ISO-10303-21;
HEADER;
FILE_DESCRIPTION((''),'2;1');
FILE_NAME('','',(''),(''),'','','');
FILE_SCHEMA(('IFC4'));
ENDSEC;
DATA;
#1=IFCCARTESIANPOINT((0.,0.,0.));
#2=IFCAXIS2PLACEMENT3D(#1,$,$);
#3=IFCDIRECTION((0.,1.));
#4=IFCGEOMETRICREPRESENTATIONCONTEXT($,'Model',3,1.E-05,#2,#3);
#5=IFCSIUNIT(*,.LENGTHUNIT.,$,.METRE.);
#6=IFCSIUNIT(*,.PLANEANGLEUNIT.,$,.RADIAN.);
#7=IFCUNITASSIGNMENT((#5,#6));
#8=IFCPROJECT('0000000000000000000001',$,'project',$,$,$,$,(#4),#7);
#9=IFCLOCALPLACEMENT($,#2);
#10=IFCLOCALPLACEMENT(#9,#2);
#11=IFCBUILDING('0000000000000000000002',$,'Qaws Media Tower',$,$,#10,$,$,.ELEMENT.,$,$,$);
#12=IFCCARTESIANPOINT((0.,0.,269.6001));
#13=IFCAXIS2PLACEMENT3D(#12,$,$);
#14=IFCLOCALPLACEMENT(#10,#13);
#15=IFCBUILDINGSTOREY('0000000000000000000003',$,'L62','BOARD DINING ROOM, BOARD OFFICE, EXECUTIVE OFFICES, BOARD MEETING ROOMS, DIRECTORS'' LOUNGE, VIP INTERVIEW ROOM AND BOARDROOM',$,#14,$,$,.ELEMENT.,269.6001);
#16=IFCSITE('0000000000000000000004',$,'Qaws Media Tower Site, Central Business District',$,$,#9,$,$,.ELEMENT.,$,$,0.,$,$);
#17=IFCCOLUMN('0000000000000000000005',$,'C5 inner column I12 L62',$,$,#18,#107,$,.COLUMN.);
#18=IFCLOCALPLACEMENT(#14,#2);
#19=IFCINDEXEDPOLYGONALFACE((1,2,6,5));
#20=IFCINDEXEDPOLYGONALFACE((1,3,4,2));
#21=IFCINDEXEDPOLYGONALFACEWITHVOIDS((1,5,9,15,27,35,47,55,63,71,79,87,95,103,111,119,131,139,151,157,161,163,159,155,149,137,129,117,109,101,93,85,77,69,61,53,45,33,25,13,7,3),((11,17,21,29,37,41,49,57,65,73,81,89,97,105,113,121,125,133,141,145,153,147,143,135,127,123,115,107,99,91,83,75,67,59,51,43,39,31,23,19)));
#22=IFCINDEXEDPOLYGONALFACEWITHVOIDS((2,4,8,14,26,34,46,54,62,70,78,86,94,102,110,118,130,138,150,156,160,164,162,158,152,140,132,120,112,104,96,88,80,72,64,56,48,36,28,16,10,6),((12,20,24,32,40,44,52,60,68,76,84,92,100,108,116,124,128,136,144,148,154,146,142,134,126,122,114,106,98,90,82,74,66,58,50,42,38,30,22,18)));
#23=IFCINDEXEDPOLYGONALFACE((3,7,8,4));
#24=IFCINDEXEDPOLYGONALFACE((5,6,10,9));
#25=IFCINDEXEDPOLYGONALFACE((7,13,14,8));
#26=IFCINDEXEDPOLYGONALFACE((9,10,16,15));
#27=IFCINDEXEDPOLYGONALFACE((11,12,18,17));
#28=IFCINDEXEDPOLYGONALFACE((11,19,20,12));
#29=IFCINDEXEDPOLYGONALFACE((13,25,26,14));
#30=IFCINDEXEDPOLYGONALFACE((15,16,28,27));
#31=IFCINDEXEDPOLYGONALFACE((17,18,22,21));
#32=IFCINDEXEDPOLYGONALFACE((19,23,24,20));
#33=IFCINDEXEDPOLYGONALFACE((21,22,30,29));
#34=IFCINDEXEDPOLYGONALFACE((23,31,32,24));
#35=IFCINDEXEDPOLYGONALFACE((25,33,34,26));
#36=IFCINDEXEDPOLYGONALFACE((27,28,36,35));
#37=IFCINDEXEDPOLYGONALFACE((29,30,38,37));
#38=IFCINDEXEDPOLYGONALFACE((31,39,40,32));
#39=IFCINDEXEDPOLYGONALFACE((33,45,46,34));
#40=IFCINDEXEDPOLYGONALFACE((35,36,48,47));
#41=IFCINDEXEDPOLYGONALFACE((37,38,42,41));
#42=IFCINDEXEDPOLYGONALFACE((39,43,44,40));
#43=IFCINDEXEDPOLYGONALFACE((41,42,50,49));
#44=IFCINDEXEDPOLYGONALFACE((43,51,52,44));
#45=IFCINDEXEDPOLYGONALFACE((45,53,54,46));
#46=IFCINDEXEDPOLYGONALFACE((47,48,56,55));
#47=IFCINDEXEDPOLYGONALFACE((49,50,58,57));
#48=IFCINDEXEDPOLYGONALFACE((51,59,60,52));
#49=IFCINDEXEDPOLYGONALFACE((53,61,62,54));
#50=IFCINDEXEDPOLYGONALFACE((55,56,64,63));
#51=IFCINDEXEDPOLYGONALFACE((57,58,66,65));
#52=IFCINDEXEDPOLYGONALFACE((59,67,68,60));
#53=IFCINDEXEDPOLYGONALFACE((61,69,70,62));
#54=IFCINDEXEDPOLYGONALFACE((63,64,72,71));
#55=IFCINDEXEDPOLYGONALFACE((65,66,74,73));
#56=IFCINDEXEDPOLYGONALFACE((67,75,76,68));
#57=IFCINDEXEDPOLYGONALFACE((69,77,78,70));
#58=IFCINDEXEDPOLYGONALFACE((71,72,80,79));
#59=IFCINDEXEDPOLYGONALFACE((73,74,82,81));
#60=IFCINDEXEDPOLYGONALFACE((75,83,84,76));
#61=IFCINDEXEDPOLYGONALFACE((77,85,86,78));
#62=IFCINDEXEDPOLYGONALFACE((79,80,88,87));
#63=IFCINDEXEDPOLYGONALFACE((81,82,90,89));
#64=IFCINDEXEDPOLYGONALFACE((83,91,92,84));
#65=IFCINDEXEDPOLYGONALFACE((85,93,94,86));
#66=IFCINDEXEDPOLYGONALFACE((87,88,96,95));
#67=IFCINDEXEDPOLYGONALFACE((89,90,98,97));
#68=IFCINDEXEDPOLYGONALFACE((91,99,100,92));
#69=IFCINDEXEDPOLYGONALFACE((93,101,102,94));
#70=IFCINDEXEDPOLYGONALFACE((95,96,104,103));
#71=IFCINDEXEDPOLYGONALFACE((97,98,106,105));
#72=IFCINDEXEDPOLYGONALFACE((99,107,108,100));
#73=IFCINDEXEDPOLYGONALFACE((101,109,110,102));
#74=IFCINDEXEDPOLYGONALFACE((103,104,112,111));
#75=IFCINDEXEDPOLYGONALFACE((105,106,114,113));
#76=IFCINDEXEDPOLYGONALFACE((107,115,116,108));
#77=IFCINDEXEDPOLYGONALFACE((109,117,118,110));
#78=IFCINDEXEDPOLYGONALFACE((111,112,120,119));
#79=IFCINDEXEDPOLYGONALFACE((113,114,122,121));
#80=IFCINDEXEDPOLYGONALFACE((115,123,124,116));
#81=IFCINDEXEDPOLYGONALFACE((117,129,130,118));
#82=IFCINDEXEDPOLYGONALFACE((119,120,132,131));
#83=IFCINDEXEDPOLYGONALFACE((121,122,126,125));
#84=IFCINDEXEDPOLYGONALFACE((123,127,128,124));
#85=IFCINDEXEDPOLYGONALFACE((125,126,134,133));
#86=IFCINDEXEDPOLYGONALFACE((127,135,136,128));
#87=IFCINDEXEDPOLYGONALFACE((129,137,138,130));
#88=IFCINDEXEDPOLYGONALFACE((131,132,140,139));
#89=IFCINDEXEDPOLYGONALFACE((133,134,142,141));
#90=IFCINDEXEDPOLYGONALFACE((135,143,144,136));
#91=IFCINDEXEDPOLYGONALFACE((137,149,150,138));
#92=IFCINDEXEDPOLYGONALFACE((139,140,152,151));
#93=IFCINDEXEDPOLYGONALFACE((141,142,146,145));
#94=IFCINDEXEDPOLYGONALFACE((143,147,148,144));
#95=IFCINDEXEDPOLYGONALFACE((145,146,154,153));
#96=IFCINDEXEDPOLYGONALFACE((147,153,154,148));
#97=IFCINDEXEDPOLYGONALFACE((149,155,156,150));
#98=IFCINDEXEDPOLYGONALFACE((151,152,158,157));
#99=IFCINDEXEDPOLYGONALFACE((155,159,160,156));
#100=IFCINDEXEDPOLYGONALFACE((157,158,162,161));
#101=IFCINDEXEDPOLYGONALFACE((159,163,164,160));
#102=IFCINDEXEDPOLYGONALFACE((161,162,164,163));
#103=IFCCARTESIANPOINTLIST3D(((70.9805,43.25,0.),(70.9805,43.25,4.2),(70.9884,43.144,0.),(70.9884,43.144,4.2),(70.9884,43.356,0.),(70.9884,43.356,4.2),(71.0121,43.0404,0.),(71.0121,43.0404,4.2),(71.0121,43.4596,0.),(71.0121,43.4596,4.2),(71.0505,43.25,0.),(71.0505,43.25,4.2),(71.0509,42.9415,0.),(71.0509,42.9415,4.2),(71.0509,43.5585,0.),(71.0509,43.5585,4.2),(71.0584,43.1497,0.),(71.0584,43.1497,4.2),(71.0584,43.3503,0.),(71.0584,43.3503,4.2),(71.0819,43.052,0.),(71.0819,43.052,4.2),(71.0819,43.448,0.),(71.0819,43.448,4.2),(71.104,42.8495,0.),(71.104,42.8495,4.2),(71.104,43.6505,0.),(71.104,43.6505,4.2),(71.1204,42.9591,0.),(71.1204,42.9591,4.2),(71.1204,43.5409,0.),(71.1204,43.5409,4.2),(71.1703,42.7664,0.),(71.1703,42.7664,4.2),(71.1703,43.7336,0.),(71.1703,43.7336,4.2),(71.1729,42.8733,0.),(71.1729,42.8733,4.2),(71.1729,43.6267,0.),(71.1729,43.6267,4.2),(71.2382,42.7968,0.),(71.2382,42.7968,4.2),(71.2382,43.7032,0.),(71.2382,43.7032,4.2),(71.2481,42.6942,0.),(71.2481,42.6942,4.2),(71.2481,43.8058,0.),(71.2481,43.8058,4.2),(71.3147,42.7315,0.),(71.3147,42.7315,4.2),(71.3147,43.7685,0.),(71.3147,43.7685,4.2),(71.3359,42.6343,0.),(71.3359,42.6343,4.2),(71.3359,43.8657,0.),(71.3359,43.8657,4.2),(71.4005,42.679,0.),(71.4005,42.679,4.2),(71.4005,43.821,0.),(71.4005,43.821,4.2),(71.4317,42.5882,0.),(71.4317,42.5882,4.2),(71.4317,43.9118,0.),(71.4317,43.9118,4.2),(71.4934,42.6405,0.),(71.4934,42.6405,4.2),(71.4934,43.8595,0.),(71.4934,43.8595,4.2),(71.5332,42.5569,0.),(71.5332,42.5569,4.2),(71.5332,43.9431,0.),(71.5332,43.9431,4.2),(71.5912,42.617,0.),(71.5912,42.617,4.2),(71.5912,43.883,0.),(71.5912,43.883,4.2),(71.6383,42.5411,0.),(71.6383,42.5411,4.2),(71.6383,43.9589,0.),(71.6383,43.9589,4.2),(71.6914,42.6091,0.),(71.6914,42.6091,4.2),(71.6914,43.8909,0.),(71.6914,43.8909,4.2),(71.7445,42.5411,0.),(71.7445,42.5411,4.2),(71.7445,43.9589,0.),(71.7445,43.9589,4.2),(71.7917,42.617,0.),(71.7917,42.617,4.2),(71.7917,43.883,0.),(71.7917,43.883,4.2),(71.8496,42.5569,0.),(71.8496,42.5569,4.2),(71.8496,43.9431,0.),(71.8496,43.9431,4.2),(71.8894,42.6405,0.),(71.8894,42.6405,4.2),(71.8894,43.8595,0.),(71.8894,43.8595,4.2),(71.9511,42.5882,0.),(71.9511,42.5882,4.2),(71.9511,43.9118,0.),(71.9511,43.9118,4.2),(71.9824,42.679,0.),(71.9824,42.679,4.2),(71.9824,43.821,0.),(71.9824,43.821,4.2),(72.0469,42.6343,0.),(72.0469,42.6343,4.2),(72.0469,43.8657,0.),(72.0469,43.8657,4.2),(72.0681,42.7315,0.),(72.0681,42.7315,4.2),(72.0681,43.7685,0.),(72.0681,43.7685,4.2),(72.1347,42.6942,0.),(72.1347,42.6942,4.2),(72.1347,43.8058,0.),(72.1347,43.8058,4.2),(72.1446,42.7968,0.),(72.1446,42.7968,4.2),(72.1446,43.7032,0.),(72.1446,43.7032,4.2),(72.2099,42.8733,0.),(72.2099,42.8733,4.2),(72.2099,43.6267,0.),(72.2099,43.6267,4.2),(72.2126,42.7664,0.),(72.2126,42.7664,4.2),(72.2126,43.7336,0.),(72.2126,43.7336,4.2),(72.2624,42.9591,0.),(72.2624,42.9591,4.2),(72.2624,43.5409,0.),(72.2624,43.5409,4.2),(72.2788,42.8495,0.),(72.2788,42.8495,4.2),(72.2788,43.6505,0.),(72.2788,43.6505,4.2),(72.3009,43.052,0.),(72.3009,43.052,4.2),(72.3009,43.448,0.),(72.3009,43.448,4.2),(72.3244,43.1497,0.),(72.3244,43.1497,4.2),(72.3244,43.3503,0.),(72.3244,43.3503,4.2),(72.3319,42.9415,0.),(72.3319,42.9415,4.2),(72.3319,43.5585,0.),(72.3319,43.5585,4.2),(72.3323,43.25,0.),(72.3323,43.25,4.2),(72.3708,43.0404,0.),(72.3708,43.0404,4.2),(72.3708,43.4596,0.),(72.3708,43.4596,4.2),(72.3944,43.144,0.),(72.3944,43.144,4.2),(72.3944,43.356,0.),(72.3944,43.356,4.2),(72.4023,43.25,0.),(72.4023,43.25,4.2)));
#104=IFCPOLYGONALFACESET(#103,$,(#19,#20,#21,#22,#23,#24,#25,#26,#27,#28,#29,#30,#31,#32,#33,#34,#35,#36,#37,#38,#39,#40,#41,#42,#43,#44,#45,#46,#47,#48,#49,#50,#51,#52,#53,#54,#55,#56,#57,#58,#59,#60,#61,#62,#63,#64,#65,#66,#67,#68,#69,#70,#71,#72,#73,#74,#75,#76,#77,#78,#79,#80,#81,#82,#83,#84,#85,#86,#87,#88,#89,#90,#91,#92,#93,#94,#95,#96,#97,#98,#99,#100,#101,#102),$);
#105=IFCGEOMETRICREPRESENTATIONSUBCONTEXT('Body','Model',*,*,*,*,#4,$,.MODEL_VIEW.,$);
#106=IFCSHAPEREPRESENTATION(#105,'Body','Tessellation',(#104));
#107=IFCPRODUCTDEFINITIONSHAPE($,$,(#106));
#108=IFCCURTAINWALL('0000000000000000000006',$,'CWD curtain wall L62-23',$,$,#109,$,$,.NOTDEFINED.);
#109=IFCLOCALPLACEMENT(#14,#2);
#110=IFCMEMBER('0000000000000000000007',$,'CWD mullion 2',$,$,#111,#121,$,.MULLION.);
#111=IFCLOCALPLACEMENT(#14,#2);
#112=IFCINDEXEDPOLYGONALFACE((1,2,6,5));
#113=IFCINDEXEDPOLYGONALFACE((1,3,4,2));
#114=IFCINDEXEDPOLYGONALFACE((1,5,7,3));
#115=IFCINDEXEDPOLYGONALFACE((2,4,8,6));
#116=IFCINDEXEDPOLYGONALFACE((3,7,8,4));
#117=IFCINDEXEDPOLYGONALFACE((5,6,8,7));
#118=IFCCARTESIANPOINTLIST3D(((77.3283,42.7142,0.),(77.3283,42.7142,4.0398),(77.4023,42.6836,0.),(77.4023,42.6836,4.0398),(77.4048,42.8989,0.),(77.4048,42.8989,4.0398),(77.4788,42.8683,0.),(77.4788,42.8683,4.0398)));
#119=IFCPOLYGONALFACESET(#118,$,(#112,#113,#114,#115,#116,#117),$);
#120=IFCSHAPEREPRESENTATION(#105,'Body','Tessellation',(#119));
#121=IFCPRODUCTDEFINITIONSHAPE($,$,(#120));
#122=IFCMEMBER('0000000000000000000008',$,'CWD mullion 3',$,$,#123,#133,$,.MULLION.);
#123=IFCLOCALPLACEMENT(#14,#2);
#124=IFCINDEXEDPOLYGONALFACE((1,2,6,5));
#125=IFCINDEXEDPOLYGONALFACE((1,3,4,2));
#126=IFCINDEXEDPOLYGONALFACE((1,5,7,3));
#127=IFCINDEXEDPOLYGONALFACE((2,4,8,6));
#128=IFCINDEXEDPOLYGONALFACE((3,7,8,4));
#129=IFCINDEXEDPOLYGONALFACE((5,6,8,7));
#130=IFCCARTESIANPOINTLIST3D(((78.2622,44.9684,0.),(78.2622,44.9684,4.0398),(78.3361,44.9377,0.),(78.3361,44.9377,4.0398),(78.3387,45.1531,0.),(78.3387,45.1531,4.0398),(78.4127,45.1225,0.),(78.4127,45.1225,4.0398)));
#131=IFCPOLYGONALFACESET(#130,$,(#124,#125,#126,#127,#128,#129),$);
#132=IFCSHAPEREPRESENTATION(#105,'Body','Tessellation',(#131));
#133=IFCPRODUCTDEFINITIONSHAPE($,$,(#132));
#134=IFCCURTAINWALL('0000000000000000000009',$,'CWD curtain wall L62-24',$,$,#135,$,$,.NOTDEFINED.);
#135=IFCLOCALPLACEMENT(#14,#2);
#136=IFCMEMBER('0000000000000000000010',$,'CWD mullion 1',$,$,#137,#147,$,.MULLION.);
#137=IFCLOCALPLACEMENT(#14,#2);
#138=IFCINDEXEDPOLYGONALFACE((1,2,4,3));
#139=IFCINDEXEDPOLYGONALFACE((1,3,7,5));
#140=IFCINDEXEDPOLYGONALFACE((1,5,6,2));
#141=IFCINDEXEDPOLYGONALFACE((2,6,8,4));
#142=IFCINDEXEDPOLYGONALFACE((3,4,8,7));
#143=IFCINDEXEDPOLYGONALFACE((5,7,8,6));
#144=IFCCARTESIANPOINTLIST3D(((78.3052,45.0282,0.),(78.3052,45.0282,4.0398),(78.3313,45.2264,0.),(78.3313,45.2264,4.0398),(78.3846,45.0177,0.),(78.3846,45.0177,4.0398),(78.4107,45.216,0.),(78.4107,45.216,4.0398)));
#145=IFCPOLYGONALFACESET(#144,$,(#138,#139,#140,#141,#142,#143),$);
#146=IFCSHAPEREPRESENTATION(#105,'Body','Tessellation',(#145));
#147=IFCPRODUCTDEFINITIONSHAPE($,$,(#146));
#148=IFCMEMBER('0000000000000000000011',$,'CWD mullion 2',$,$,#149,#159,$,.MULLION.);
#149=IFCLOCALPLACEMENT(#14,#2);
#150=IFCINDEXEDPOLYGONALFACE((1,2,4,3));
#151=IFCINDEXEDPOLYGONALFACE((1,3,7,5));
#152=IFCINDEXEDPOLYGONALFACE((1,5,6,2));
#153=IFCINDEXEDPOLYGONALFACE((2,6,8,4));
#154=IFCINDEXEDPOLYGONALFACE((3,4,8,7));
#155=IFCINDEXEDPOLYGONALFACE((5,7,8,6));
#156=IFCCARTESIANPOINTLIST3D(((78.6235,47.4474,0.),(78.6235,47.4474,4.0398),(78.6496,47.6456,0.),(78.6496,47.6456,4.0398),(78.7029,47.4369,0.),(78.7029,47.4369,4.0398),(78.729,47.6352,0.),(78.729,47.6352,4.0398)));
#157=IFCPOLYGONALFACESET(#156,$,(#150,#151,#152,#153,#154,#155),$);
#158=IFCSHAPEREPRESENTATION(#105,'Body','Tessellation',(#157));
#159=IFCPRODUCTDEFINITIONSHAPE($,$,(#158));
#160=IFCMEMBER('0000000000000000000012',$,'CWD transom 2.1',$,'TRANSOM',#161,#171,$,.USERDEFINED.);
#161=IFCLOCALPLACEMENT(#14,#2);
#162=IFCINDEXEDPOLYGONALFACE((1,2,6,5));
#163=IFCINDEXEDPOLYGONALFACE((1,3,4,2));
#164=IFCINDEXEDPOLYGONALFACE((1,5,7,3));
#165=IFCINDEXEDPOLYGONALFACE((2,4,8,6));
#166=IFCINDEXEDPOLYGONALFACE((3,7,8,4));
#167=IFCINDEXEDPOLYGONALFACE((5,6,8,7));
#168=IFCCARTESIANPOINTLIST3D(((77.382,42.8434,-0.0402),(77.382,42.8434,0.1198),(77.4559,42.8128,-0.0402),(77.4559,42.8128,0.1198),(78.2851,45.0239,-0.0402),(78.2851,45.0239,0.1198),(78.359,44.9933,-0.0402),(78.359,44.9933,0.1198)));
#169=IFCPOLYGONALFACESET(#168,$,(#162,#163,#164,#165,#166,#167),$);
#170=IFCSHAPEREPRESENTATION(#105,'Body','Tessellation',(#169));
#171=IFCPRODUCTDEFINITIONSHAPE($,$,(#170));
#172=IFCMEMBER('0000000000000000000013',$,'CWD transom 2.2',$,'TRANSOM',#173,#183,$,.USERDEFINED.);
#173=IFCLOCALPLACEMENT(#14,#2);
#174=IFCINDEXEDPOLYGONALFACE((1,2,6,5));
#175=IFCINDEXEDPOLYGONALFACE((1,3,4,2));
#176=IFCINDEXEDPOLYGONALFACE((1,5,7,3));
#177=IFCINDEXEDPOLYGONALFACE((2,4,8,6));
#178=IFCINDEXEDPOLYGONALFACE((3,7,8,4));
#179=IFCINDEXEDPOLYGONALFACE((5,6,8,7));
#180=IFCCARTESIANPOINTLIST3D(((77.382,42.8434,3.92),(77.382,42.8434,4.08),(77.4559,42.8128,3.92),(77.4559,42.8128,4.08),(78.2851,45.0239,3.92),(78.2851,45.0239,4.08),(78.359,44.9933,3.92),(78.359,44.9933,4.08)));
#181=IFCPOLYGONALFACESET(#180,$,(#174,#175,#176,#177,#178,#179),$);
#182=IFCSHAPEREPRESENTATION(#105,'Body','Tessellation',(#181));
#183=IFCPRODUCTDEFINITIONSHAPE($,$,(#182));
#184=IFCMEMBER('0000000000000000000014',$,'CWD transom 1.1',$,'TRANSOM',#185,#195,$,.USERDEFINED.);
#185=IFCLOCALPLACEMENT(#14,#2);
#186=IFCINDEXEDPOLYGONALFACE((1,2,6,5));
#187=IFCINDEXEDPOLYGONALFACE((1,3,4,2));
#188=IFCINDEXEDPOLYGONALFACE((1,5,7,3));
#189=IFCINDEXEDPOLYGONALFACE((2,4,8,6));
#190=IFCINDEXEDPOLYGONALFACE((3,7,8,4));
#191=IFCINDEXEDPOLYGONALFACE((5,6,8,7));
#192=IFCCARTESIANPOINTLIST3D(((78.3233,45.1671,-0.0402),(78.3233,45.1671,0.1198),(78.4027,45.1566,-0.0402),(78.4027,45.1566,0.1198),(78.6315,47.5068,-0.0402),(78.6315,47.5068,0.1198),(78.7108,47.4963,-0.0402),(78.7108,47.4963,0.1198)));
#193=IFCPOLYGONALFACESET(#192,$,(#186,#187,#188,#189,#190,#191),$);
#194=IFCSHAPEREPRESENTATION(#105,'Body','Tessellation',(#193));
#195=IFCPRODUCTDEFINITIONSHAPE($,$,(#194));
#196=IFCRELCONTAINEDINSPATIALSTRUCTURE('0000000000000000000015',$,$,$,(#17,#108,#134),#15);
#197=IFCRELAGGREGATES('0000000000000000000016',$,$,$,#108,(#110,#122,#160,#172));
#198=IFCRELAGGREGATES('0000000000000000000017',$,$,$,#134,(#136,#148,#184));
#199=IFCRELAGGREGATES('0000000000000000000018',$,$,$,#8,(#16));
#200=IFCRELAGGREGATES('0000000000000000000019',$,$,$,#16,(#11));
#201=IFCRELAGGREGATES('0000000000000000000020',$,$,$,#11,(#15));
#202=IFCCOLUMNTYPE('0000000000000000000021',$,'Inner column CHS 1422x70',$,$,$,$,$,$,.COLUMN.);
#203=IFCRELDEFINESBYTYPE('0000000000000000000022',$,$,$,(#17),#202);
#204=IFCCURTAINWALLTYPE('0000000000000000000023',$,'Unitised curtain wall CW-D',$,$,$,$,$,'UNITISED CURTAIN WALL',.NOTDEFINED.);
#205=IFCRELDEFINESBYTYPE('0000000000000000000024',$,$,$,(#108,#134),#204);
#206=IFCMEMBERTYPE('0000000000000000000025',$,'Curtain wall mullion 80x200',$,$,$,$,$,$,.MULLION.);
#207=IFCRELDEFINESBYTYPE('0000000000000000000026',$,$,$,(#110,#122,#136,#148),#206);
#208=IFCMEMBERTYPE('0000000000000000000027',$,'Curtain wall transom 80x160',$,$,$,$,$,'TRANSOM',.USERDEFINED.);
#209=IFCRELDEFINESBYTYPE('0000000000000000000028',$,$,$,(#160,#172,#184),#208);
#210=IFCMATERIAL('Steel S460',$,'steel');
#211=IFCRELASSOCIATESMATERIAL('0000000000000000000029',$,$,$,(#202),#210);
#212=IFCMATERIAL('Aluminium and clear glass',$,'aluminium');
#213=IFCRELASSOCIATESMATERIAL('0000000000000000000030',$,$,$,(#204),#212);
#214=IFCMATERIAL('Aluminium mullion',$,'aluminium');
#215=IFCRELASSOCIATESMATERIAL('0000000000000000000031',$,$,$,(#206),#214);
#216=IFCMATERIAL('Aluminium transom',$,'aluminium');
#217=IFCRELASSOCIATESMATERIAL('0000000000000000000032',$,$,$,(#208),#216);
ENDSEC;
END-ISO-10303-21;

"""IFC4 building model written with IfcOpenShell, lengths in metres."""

from ifc_helpers import new_model, si_unit, direction, frame, origin, origin_2d, place, context, subcontext, project, spatial, rectangle, hollow_circle, extrude, material, material_profile, profile_set, type_object, element, aggregate, save


model = new_model("IFC4")

# Units and contexts
model_context = context("Model", 3, precision=1e-05, world=origin(), true_north=direction((0.0, 1.0)))
body_context = subcontext(model_context, "Body", "Model", "MODEL_VIEW")
ifc_project = project(units=[si_unit("LENGTHUNIT", "METRE"), si_unit("PLANEANGLEUNIT", "RADIAN")], contexts=[model_context])

# Site, building, storey
site_placement = place(None, origin())
site = spatial("IfcSite", under=ifc_project, at=site_placement, Name="Qaws Media Tower Site, Central Business District", CompositionType="ELEMENT", RefElevation=0.0)
building_placement = place(site_placement, origin())
building = spatial("IfcBuilding", under=site, at=building_placement, Name="Qaws Media Tower", CompositionType="ELEMENT")
storey_placement = place(building_placement, frame((0.0, 0.0, 269.6001)))
storey = spatial("IfcBuildingStorey", under=building, at=storey_placement, Name="L62", Description="BOARD DINING ROOM, BOARD OFFICE, EXECUTIVE OFFICES, BOARD MEETING ROOMS, DIRECTORS' LOUNGE, VIP INTERVIEW ROOM AND BOARDROOM", CompositionType="ELEMENT", Elevation=269.6001)

# Column
ifc_material_1 = material(Name="Steel S460", Category="steel")
ifc_material_profile_1 = material_profile(ifc_material_1, hollow_circle(Radius=0.7109, WallThickness=0.0701, at=origin_2d()), Name="CHS 1422x70")
ifc_profile_set_1 = profile_set([ifc_material_profile_1], Name="Steel S460")
column_type = type_object("IfcColumnType", Name="Inner column CHS 1422x70", PredefinedType="COLUMN", material=ifc_profile_set_1)
column_placement = place(storey_placement, frame((71.6914, 43.25, 0.0), z_axis=(0.0, 0.0, 1.0), x_axis=(1.0, 0.0, 0.0)))
element("IfcColumn", 1, at=column_placement, inside=storey, type_object=column_type, Name="C5 inner column I12 L62", PredefinedType="COLUMN", context=body_context, shape_type="SweptSolid", body=[
    extrude(hollow_circle(Radius=0.7109, WallThickness=0.0701, at=origin_2d()), origin(), (0.0, 0.0, 1.0), 4.2),
])

# Curtain walls, members
ifc_material_2 = material(Name="Aluminium and clear glass", Category="aluminium")
curtain_wall_type = type_object("IfcCurtainWallType", Name="Unitised curtain wall CW-D", ElementType="UNITISED CURTAIN WALL", PredefinedType="NOTDEFINED", material=ifc_material_2)
curtain_wall_1_placement = place(storey_placement, origin())
curtain_wall_1 = element("IfcCurtainWall", 2, at=curtain_wall_1_placement, inside=storey, type_object=curtain_wall_type, Name="CWD curtain wall L62-23", PredefinedType="NOTDEFINED")
ifc_material_3 = material(Name="Aluminium mullion", Category="aluminium")
ifc_material_profile_2 = material_profile(ifc_material_3, rectangle(XDim=0.0801, YDim=0.2, at=origin_2d()), Name="80x200")
ifc_profile_set_2 = profile_set([ifc_material_profile_2], Name="Aluminium mullion")
member_type_1 = type_object("IfcMemberType", Name="Curtain wall mullion 80x200", PredefinedType="MULLION", material=ifc_profile_set_2)
member_1_placement = place(storey_placement, frame((77.4036, 42.7913, 0.0), z_axis=(0.0, 0.0, 1.0), x_axis=(-0.92388, 0.382683, 0.0)))
member_1 = element("IfcMember", 3, at=member_1_placement, type_object=member_type_1, Name="CWD mullion 2", PredefinedType="MULLION", context=body_context, shape_type="SweptSolid", body=[
    extrude(rectangle(XDim=0.0801, YDim=0.2, at=origin_2d()), origin(), (0.0, 0.0, 1.0), 4.0398),
])
member_2_placement = place(storey_placement, frame((78.3374, 45.0454, 0.0), z_axis=(0.0, 0.0, 1.0), x_axis=(-0.92388, 0.382683, 0.0)))
member_2 = element("IfcMember", 4, at=member_2_placement, type_object=member_type_1, Name="CWD mullion 3", PredefinedType="MULLION", context=body_context, shape_type="SweptSolid", body=[
    extrude(rectangle(XDim=0.0801, YDim=0.2, at=origin_2d()), origin(), (0.0, 0.0, 1.0), 4.0398),
])
curtain_wall_2_placement = place(storey_placement, origin())
curtain_wall_2 = element("IfcCurtainWall", 5, at=curtain_wall_2_placement, inside=storey, type_object=curtain_wall_type, Name="CWD curtain wall L62-24", PredefinedType="NOTDEFINED")
member_3_placement = place(storey_placement, frame((78.3579, 45.1221, 0.0), z_axis=(0.0, 0.0, 1.0), x_axis=(-0.991445, 0.130526, 0.0)))
member_3 = element("IfcMember", 6, at=member_3_placement, type_object=member_type_1, Name="CWD mullion 1", PredefinedType="MULLION", context=body_context, shape_type="SweptSolid", body=[
    extrude(rectangle(XDim=0.0801, YDim=0.2, at=origin_2d()), origin(), (0.0, 0.0, 1.0), 4.0398),
])
member_4_placement = place(storey_placement, frame((78.6763, 47.5413, 0.0), z_axis=(0.0, 0.0, 1.0), x_axis=(-0.991445, 0.130526, 0.0)))
member_4 = element("IfcMember", 7, at=member_4_placement, type_object=member_type_1, Name="CWD mullion 2", PredefinedType="MULLION", context=body_context, shape_type="SweptSolid", body=[
    extrude(rectangle(XDim=0.0801, YDim=0.2, at=origin_2d()), origin(), (0.0, 0.0, 1.0), 4.0398),
])

# Members
ifc_material_4 = material(Name="Aluminium transom", Category="aluminium")
ifc_material_profile_3 = material_profile(ifc_material_4, rectangle(XDim=0.0801, YDim=0.1599, at=origin_2d()), Name="80x160")
ifc_profile_set_3 = profile_set([ifc_material_profile_3], Name="Aluminium transom")
member_type_2 = type_object("IfcMemberType", Name="Curtain wall transom 80x160", ElementType="TRANSOM", PredefinedType="USERDEFINED", material=ifc_profile_set_3)
member_5_placement = place(storey_placement, frame((77.4189, 42.8281, 0.0398), z_axis=(0.382653, 0.923892, 0.0), x_axis=(-0.923892, 0.382653, 0.0)))
member_5 = element("IfcMember", 8, at=member_5_placement, type_object=member_type_2, Name="CWD transom 2.1", ObjectType="TRANSOM", PredefinedType="USERDEFINED", context=body_context, shape_type="SweptSolid", body=[
    extrude(rectangle(XDim=0.0801, YDim=0.1599, at=origin_2d()), origin(), (0.0, 0.0, 1.0), 2.3601),
])
member_6_placement = place(storey_placement, frame((77.4189, 42.8281, 4.0), z_axis=(0.382653, 0.923892, 0.0), x_axis=(-0.923892, 0.382653, 0.0)))
member_6 = element("IfcMember", 9, at=member_6_placement, type_object=member_type_2, Name="CWD transom 2.2", ObjectType="TRANSOM", PredefinedType="USERDEFINED", context=body_context, shape_type="SweptSolid", body=[
    extrude(rectangle(XDim=0.0801, YDim=0.1599, at=origin_2d()), origin(), (0.0, 0.0, 1.0), 2.3601),
])
member_7_placement = place(storey_placement, frame((78.363, 45.1619, 0.0398), z_axis=(0.130564, 0.99144, 0.0), x_axis=(-0.99144, 0.130564, 0.0)))
member_7 = element("IfcMember", 10, at=member_7_placement, type_object=member_type_2, Name="CWD transom 1.1", ObjectType="TRANSOM", PredefinedType="USERDEFINED", context=body_context, shape_type="SweptSolid", body=[
    extrude(rectangle(XDim=0.0801, YDim=0.1599, at=origin_2d()), origin(), (0.0, 0.0, 1.0), 2.3599),
])

aggregate(curtain_wall_1, [member_1, member_2, member_5, member_6])
aggregate(curtain_wall_2, [member_3, member_4, member_7])

save(model, "model.ifc")
